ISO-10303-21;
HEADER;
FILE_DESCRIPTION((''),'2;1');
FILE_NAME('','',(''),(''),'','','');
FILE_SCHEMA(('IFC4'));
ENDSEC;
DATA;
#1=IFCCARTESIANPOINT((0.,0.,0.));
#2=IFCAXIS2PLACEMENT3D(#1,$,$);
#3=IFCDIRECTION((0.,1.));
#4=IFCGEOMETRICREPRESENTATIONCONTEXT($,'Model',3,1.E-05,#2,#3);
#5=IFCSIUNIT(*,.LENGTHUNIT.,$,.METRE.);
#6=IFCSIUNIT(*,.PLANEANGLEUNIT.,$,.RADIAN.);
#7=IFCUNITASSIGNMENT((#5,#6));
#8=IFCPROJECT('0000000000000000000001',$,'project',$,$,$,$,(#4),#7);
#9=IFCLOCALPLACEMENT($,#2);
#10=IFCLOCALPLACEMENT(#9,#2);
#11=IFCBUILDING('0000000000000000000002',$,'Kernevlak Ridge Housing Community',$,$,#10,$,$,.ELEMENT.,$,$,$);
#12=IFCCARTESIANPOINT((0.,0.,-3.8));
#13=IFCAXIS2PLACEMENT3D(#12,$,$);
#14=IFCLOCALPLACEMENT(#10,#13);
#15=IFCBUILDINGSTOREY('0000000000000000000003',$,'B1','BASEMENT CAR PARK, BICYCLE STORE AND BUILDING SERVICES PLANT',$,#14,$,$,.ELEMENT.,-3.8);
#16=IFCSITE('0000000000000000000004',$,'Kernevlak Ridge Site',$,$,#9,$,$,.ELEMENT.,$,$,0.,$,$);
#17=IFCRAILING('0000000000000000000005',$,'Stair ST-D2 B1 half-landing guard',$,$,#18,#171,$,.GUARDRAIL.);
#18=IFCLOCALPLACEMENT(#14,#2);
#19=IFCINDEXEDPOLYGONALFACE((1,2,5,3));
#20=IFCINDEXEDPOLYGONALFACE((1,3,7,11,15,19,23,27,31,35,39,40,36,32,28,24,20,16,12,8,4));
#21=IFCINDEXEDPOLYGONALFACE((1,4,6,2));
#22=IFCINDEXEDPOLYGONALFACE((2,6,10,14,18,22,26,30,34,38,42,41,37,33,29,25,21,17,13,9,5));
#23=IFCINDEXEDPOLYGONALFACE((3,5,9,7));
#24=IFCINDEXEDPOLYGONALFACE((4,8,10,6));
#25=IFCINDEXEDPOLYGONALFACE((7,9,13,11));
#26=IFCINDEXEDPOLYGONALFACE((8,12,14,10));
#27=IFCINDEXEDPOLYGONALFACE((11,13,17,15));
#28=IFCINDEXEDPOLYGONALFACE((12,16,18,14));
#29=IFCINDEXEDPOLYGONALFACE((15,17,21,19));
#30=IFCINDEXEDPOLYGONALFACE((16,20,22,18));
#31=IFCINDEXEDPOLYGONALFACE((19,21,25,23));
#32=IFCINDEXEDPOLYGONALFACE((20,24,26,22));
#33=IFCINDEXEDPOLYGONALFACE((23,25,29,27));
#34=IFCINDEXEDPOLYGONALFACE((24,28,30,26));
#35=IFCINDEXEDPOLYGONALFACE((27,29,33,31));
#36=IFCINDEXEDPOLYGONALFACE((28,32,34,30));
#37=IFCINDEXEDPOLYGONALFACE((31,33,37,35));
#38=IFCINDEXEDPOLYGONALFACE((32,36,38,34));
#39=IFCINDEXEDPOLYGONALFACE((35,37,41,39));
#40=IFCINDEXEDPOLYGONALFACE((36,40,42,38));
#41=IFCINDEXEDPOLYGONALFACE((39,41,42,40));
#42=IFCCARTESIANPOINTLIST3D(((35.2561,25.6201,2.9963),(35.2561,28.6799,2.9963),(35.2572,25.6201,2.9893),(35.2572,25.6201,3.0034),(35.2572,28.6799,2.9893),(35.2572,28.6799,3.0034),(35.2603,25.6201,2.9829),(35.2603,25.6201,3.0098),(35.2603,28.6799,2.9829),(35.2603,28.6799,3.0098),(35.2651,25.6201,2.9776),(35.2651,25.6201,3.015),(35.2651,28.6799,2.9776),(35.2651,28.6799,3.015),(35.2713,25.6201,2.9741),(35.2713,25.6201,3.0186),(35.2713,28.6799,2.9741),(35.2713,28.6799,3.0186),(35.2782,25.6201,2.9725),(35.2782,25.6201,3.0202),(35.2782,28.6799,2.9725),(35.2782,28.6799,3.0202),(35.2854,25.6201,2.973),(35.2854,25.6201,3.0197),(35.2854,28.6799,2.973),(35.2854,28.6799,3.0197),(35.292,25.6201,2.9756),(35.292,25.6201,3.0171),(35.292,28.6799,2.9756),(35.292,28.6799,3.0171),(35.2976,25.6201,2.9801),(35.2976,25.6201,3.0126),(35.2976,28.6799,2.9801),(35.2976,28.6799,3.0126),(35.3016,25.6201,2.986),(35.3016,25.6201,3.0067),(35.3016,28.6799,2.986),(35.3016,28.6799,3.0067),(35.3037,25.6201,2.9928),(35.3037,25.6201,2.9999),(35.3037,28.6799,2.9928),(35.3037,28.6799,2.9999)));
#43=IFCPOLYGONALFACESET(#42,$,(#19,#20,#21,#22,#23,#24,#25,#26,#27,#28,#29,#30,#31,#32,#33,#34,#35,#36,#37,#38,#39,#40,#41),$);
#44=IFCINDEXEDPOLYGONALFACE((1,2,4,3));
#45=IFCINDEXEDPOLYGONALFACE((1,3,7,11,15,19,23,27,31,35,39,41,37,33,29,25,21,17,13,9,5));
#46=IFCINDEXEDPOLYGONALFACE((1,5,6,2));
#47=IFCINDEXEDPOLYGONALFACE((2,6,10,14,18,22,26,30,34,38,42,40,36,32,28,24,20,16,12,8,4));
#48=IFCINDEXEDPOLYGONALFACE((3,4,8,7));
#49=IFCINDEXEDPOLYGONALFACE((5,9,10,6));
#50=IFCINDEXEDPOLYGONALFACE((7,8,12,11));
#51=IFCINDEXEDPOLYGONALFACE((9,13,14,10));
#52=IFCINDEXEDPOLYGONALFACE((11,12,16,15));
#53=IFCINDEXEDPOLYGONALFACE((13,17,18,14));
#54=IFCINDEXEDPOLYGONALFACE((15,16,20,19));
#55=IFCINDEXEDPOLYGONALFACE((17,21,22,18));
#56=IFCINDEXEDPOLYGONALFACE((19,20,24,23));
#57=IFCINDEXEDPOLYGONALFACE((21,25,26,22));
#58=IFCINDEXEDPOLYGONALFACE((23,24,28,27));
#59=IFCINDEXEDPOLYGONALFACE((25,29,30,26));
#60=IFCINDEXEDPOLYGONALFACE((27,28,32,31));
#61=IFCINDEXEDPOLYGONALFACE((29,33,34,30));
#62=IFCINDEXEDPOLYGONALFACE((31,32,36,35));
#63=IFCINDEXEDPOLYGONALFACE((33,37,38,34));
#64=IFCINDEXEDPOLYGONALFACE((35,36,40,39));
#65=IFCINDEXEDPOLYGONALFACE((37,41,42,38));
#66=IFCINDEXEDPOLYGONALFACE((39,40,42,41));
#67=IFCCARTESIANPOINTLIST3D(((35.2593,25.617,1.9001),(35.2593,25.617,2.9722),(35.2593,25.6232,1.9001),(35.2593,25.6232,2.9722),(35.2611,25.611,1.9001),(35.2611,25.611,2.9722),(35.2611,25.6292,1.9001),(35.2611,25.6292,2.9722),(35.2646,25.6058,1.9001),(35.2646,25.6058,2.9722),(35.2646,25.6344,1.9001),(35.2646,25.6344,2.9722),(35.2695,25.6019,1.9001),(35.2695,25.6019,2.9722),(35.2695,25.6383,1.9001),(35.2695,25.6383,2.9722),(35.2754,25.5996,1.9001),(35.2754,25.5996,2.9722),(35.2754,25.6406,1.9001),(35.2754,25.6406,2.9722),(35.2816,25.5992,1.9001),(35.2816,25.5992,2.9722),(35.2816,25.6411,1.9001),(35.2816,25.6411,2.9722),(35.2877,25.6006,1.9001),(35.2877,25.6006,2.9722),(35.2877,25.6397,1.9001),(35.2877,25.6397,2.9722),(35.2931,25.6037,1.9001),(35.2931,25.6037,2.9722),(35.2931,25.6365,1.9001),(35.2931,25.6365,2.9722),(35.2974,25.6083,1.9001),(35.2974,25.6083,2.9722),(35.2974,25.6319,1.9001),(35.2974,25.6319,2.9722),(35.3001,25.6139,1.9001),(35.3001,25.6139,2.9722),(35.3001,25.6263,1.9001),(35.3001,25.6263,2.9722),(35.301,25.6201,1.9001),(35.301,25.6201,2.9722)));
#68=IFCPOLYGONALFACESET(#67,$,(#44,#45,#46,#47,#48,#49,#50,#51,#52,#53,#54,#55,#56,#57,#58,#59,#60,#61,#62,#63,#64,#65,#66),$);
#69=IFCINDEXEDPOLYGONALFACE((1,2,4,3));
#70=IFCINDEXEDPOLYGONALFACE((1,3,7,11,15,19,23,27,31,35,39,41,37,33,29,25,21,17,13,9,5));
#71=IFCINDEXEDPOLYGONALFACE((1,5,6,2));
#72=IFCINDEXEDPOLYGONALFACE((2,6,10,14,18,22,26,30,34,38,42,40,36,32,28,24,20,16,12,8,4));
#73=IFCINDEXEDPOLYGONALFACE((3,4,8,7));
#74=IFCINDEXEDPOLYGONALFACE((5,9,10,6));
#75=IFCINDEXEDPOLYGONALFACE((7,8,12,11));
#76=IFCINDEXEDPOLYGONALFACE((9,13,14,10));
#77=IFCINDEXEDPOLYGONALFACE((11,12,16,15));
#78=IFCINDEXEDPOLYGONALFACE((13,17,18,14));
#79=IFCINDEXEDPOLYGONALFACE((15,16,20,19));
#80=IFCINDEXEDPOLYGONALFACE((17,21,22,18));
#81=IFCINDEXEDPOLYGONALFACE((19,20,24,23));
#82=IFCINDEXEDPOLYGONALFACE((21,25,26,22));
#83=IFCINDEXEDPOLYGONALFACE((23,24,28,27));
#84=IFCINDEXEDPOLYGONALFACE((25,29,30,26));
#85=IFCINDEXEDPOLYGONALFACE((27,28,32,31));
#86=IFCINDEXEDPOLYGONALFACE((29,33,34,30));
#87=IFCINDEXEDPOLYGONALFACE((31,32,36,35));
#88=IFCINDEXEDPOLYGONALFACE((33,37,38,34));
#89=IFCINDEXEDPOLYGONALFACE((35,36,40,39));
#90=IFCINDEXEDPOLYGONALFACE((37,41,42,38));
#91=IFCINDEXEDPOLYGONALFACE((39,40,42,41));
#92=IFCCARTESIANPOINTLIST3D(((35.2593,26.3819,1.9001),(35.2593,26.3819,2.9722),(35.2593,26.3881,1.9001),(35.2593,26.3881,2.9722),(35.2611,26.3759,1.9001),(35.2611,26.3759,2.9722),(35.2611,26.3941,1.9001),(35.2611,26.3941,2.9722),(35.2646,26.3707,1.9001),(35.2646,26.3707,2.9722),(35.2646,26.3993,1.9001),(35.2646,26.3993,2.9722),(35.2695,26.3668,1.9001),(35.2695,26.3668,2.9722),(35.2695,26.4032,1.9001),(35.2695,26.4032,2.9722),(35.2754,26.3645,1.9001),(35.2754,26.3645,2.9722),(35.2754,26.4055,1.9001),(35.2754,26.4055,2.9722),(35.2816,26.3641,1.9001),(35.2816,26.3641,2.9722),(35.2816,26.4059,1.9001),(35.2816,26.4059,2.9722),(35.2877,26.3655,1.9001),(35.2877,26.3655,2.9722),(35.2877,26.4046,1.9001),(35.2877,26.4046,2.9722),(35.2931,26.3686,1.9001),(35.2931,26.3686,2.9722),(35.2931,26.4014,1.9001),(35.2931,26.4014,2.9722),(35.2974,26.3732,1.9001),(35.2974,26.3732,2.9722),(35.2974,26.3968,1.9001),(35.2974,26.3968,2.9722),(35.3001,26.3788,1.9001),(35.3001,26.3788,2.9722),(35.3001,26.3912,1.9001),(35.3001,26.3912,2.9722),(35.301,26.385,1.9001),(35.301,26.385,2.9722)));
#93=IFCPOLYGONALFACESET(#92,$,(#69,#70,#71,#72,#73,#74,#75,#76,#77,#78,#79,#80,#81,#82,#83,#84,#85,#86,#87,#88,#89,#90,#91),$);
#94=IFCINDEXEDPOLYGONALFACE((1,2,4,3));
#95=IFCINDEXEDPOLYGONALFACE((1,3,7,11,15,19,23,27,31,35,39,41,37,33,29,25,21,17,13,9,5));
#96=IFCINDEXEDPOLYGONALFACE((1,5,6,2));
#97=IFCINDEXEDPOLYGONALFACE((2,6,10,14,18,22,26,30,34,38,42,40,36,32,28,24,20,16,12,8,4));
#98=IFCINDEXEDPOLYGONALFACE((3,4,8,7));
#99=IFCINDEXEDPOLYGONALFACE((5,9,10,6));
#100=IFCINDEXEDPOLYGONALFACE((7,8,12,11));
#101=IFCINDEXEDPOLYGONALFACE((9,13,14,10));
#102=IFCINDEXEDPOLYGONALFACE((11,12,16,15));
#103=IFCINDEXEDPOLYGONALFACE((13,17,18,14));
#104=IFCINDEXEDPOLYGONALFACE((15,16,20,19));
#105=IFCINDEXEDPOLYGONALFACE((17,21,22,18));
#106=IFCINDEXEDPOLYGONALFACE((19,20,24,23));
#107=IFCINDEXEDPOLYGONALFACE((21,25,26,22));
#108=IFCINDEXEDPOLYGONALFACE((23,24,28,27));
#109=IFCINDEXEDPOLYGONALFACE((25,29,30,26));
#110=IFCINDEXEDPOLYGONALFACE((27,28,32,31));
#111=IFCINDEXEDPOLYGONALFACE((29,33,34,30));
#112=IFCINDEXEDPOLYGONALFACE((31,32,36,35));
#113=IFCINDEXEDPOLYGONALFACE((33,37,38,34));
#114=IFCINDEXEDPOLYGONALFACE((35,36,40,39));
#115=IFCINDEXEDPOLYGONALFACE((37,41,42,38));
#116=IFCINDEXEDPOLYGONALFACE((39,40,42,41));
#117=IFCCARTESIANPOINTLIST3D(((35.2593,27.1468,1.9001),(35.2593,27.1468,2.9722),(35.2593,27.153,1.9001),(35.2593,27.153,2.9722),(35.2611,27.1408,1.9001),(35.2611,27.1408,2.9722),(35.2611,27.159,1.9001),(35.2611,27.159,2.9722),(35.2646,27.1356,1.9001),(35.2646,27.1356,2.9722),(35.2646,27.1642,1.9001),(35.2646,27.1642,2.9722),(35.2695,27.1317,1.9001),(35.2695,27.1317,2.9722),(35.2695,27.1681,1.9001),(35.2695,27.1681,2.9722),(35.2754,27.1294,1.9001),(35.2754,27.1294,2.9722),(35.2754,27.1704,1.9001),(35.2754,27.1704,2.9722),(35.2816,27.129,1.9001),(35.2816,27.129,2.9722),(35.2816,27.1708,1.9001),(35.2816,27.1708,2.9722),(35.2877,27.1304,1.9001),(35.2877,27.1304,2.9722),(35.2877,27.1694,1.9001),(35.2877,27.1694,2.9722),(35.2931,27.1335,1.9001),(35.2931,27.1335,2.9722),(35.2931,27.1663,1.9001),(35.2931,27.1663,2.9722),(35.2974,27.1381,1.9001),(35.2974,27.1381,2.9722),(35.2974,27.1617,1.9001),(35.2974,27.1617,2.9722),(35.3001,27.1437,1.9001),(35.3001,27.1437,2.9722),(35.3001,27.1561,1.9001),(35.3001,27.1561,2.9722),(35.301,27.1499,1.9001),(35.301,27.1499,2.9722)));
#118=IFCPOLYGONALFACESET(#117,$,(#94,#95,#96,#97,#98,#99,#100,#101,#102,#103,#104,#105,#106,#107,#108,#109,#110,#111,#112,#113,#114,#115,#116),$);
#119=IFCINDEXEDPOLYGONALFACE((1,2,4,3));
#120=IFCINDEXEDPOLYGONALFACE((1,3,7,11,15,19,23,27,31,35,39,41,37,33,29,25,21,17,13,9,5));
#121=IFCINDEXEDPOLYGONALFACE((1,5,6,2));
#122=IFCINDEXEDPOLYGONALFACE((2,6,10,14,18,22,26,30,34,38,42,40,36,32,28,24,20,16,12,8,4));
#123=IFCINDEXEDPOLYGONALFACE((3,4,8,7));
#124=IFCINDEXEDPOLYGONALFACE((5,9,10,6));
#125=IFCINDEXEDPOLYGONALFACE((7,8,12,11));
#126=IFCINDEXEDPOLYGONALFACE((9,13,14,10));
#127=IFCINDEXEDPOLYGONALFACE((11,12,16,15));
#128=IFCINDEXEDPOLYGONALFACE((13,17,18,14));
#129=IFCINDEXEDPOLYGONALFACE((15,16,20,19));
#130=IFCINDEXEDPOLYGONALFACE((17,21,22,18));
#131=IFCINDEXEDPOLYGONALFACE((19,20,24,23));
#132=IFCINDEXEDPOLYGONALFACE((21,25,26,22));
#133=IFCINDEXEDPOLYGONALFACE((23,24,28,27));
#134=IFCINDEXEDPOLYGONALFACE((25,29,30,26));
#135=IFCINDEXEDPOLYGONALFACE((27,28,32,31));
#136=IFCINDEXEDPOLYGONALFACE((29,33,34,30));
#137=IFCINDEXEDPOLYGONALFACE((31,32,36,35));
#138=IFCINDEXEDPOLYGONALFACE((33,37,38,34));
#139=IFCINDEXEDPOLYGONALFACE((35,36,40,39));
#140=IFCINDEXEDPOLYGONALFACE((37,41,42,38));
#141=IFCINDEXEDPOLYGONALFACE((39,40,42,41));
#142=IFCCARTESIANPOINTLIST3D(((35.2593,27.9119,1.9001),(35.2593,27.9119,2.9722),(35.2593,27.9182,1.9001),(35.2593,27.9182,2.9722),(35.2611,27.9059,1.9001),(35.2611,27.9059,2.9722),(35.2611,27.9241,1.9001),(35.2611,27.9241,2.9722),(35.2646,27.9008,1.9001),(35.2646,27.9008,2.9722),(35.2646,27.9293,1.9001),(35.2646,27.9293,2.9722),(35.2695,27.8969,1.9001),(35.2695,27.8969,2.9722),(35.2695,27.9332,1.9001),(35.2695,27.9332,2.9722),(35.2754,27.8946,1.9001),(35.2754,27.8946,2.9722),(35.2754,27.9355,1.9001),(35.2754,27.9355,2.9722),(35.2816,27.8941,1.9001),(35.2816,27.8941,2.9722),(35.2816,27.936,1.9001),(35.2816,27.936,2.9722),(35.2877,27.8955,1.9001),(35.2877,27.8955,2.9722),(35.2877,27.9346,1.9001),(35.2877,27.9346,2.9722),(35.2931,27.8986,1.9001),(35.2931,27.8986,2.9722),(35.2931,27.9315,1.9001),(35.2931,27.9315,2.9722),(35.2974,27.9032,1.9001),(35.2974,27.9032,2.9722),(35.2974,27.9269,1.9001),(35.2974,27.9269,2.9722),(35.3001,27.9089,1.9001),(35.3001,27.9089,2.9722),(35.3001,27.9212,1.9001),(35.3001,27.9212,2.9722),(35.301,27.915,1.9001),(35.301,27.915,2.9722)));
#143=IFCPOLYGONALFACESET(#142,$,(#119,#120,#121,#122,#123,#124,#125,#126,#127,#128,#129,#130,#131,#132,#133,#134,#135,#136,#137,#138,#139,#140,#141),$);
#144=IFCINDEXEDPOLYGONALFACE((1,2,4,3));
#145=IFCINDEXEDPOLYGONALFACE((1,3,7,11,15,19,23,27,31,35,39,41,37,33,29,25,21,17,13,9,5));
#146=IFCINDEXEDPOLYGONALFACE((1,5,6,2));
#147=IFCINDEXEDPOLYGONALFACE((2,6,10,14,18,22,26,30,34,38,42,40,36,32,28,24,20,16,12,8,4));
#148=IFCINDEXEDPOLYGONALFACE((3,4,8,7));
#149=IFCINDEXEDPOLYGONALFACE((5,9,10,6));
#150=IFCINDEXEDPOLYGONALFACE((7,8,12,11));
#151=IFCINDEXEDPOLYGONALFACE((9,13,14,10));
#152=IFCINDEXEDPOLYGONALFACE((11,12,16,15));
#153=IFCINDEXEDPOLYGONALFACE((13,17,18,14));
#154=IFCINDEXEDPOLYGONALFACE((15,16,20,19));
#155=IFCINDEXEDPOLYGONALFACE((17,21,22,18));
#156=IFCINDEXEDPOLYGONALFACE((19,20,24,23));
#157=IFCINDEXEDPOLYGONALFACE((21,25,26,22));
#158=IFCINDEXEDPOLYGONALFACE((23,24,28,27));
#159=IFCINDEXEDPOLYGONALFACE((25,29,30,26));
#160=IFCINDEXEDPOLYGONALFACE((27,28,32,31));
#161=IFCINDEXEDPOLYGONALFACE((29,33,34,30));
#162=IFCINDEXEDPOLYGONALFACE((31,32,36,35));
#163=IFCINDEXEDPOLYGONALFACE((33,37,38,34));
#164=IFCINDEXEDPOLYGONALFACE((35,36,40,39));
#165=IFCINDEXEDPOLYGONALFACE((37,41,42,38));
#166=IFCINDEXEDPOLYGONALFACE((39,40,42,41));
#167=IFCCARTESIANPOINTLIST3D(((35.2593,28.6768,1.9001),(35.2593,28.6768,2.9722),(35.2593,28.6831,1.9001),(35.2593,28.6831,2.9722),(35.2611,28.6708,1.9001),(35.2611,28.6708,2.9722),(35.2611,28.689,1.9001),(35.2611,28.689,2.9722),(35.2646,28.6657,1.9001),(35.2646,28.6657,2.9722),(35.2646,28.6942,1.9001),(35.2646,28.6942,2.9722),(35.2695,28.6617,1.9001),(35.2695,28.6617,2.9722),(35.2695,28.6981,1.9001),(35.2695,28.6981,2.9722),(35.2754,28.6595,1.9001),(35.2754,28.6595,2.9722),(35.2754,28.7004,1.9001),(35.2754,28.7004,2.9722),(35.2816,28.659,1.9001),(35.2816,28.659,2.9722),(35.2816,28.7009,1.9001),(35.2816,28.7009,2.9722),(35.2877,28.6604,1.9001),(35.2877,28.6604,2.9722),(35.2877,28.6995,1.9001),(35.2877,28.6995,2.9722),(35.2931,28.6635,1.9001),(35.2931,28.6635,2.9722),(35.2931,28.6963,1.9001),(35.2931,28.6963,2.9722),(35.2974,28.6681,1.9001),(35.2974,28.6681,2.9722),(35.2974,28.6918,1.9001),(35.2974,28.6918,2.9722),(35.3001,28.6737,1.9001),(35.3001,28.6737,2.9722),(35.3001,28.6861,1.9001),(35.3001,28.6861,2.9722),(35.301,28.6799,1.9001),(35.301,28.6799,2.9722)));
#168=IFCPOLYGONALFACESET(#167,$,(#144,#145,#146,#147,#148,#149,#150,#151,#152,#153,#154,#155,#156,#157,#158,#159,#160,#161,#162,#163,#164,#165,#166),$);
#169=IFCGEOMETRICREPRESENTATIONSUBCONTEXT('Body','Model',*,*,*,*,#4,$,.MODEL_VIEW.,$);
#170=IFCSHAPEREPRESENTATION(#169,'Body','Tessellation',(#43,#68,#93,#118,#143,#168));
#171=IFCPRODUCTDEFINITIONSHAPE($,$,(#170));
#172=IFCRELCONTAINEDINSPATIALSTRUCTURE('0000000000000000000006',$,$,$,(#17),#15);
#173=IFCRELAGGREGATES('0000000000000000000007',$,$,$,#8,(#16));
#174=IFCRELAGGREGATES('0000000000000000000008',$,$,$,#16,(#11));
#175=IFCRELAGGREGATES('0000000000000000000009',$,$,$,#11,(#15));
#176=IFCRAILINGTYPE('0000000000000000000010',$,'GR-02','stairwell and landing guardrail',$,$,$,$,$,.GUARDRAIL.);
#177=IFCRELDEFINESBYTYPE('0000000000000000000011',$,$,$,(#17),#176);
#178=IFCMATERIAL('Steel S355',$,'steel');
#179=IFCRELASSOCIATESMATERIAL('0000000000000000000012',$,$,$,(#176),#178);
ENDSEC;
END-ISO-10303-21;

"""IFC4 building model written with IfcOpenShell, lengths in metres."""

from ifc_helpers import new_model, si_unit, direction, frame, origin, origin_2d, place, context, subcontext, project, spatial, circle, extrude, material, type_object, element, save


model = new_model("IFC4")

# Units and contexts
model_context = context("Model", 3, precision=1e-05, world=origin(), true_north=direction((0.0, 1.0)))
body_context = subcontext(model_context, "Body", "Model", "MODEL_VIEW")
ifc_project = project(units=[si_unit("LENGTHUNIT", "METRE"), si_unit("PLANEANGLEUNIT", "RADIAN")], contexts=[model_context])

# Site, building, storey
site_placement = place(None, origin())
site = spatial("IfcSite", under=ifc_project, at=site_placement, Name="Kernevlak Ridge Site", CompositionType="ELEMENT", RefElevation=0.0)
building_placement = place(site_placement, origin())
building = spatial("IfcBuilding", under=site, at=building_placement, Name="Kernevlak Ridge Housing Community", CompositionType="ELEMENT")
storey_placement = place(building_placement, frame((0.0, 0.0, -3.8)))
storey = spatial("IfcBuildingStorey", under=building, at=storey_placement, Name="B1", Description="BASEMENT CAR PARK, BICYCLE STORE AND BUILDING SERVICES PLANT", CompositionType="ELEMENT", Elevation=-3.8)

# Railing
ifc_material_1 = material(Name="Steel S355", Category="steel")
railing_type_1 = type_object("IfcRailingType", Name="GR-02", Description="stairwell and landing guardrail", PredefinedType="GUARDRAIL", material=ifc_material_1)
railing_1_placement = place(storey_placement, frame((35.28, 25.6201, 1.9001)))
element("IfcRailing", 1, at=railing_1_placement, inside=storey, type_object=railing_type_1, Name="Stair ST-D2 B1 half-landing guard", PredefinedType="GUARDRAIL", context=body_context, shape_type="SweptSolid", body=[
    extrude(circle(Radius=0.0239, at=origin_2d()), frame((0.0, 0.0, 1.0962), z_axis=(0.0, 1.0, 0.0), x_axis=(-1.0, 0.0, 0.0)), (0.0, 0.0, 1.0), 3.0598),
    extrude(circle(Radius=0.021, at=origin_2d()), origin(), (0.0, 0.0, 1.0), 1.072),
    extrude(circle(Radius=0.021, at=origin_2d()), frame((0.0, 0.7649, 0.0)), (0.0, 0.0, 1.0), 1.072),
    extrude(circle(Radius=0.021, at=origin_2d()), frame((0.0, 1.5298, 0.0)), (0.0, 0.0, 1.0), 1.072),
    extrude(circle(Radius=0.021, at=origin_2d()), frame((0.0, 2.2949, 0.0)), (0.0, 0.0, 1.0), 1.072),
    extrude(circle(Radius=0.021, at=origin_2d()), frame((0.0, 3.0598, 0.0)), (0.0, 0.0, 1.0), 1.072),
])

save(model, "model.ifc")
